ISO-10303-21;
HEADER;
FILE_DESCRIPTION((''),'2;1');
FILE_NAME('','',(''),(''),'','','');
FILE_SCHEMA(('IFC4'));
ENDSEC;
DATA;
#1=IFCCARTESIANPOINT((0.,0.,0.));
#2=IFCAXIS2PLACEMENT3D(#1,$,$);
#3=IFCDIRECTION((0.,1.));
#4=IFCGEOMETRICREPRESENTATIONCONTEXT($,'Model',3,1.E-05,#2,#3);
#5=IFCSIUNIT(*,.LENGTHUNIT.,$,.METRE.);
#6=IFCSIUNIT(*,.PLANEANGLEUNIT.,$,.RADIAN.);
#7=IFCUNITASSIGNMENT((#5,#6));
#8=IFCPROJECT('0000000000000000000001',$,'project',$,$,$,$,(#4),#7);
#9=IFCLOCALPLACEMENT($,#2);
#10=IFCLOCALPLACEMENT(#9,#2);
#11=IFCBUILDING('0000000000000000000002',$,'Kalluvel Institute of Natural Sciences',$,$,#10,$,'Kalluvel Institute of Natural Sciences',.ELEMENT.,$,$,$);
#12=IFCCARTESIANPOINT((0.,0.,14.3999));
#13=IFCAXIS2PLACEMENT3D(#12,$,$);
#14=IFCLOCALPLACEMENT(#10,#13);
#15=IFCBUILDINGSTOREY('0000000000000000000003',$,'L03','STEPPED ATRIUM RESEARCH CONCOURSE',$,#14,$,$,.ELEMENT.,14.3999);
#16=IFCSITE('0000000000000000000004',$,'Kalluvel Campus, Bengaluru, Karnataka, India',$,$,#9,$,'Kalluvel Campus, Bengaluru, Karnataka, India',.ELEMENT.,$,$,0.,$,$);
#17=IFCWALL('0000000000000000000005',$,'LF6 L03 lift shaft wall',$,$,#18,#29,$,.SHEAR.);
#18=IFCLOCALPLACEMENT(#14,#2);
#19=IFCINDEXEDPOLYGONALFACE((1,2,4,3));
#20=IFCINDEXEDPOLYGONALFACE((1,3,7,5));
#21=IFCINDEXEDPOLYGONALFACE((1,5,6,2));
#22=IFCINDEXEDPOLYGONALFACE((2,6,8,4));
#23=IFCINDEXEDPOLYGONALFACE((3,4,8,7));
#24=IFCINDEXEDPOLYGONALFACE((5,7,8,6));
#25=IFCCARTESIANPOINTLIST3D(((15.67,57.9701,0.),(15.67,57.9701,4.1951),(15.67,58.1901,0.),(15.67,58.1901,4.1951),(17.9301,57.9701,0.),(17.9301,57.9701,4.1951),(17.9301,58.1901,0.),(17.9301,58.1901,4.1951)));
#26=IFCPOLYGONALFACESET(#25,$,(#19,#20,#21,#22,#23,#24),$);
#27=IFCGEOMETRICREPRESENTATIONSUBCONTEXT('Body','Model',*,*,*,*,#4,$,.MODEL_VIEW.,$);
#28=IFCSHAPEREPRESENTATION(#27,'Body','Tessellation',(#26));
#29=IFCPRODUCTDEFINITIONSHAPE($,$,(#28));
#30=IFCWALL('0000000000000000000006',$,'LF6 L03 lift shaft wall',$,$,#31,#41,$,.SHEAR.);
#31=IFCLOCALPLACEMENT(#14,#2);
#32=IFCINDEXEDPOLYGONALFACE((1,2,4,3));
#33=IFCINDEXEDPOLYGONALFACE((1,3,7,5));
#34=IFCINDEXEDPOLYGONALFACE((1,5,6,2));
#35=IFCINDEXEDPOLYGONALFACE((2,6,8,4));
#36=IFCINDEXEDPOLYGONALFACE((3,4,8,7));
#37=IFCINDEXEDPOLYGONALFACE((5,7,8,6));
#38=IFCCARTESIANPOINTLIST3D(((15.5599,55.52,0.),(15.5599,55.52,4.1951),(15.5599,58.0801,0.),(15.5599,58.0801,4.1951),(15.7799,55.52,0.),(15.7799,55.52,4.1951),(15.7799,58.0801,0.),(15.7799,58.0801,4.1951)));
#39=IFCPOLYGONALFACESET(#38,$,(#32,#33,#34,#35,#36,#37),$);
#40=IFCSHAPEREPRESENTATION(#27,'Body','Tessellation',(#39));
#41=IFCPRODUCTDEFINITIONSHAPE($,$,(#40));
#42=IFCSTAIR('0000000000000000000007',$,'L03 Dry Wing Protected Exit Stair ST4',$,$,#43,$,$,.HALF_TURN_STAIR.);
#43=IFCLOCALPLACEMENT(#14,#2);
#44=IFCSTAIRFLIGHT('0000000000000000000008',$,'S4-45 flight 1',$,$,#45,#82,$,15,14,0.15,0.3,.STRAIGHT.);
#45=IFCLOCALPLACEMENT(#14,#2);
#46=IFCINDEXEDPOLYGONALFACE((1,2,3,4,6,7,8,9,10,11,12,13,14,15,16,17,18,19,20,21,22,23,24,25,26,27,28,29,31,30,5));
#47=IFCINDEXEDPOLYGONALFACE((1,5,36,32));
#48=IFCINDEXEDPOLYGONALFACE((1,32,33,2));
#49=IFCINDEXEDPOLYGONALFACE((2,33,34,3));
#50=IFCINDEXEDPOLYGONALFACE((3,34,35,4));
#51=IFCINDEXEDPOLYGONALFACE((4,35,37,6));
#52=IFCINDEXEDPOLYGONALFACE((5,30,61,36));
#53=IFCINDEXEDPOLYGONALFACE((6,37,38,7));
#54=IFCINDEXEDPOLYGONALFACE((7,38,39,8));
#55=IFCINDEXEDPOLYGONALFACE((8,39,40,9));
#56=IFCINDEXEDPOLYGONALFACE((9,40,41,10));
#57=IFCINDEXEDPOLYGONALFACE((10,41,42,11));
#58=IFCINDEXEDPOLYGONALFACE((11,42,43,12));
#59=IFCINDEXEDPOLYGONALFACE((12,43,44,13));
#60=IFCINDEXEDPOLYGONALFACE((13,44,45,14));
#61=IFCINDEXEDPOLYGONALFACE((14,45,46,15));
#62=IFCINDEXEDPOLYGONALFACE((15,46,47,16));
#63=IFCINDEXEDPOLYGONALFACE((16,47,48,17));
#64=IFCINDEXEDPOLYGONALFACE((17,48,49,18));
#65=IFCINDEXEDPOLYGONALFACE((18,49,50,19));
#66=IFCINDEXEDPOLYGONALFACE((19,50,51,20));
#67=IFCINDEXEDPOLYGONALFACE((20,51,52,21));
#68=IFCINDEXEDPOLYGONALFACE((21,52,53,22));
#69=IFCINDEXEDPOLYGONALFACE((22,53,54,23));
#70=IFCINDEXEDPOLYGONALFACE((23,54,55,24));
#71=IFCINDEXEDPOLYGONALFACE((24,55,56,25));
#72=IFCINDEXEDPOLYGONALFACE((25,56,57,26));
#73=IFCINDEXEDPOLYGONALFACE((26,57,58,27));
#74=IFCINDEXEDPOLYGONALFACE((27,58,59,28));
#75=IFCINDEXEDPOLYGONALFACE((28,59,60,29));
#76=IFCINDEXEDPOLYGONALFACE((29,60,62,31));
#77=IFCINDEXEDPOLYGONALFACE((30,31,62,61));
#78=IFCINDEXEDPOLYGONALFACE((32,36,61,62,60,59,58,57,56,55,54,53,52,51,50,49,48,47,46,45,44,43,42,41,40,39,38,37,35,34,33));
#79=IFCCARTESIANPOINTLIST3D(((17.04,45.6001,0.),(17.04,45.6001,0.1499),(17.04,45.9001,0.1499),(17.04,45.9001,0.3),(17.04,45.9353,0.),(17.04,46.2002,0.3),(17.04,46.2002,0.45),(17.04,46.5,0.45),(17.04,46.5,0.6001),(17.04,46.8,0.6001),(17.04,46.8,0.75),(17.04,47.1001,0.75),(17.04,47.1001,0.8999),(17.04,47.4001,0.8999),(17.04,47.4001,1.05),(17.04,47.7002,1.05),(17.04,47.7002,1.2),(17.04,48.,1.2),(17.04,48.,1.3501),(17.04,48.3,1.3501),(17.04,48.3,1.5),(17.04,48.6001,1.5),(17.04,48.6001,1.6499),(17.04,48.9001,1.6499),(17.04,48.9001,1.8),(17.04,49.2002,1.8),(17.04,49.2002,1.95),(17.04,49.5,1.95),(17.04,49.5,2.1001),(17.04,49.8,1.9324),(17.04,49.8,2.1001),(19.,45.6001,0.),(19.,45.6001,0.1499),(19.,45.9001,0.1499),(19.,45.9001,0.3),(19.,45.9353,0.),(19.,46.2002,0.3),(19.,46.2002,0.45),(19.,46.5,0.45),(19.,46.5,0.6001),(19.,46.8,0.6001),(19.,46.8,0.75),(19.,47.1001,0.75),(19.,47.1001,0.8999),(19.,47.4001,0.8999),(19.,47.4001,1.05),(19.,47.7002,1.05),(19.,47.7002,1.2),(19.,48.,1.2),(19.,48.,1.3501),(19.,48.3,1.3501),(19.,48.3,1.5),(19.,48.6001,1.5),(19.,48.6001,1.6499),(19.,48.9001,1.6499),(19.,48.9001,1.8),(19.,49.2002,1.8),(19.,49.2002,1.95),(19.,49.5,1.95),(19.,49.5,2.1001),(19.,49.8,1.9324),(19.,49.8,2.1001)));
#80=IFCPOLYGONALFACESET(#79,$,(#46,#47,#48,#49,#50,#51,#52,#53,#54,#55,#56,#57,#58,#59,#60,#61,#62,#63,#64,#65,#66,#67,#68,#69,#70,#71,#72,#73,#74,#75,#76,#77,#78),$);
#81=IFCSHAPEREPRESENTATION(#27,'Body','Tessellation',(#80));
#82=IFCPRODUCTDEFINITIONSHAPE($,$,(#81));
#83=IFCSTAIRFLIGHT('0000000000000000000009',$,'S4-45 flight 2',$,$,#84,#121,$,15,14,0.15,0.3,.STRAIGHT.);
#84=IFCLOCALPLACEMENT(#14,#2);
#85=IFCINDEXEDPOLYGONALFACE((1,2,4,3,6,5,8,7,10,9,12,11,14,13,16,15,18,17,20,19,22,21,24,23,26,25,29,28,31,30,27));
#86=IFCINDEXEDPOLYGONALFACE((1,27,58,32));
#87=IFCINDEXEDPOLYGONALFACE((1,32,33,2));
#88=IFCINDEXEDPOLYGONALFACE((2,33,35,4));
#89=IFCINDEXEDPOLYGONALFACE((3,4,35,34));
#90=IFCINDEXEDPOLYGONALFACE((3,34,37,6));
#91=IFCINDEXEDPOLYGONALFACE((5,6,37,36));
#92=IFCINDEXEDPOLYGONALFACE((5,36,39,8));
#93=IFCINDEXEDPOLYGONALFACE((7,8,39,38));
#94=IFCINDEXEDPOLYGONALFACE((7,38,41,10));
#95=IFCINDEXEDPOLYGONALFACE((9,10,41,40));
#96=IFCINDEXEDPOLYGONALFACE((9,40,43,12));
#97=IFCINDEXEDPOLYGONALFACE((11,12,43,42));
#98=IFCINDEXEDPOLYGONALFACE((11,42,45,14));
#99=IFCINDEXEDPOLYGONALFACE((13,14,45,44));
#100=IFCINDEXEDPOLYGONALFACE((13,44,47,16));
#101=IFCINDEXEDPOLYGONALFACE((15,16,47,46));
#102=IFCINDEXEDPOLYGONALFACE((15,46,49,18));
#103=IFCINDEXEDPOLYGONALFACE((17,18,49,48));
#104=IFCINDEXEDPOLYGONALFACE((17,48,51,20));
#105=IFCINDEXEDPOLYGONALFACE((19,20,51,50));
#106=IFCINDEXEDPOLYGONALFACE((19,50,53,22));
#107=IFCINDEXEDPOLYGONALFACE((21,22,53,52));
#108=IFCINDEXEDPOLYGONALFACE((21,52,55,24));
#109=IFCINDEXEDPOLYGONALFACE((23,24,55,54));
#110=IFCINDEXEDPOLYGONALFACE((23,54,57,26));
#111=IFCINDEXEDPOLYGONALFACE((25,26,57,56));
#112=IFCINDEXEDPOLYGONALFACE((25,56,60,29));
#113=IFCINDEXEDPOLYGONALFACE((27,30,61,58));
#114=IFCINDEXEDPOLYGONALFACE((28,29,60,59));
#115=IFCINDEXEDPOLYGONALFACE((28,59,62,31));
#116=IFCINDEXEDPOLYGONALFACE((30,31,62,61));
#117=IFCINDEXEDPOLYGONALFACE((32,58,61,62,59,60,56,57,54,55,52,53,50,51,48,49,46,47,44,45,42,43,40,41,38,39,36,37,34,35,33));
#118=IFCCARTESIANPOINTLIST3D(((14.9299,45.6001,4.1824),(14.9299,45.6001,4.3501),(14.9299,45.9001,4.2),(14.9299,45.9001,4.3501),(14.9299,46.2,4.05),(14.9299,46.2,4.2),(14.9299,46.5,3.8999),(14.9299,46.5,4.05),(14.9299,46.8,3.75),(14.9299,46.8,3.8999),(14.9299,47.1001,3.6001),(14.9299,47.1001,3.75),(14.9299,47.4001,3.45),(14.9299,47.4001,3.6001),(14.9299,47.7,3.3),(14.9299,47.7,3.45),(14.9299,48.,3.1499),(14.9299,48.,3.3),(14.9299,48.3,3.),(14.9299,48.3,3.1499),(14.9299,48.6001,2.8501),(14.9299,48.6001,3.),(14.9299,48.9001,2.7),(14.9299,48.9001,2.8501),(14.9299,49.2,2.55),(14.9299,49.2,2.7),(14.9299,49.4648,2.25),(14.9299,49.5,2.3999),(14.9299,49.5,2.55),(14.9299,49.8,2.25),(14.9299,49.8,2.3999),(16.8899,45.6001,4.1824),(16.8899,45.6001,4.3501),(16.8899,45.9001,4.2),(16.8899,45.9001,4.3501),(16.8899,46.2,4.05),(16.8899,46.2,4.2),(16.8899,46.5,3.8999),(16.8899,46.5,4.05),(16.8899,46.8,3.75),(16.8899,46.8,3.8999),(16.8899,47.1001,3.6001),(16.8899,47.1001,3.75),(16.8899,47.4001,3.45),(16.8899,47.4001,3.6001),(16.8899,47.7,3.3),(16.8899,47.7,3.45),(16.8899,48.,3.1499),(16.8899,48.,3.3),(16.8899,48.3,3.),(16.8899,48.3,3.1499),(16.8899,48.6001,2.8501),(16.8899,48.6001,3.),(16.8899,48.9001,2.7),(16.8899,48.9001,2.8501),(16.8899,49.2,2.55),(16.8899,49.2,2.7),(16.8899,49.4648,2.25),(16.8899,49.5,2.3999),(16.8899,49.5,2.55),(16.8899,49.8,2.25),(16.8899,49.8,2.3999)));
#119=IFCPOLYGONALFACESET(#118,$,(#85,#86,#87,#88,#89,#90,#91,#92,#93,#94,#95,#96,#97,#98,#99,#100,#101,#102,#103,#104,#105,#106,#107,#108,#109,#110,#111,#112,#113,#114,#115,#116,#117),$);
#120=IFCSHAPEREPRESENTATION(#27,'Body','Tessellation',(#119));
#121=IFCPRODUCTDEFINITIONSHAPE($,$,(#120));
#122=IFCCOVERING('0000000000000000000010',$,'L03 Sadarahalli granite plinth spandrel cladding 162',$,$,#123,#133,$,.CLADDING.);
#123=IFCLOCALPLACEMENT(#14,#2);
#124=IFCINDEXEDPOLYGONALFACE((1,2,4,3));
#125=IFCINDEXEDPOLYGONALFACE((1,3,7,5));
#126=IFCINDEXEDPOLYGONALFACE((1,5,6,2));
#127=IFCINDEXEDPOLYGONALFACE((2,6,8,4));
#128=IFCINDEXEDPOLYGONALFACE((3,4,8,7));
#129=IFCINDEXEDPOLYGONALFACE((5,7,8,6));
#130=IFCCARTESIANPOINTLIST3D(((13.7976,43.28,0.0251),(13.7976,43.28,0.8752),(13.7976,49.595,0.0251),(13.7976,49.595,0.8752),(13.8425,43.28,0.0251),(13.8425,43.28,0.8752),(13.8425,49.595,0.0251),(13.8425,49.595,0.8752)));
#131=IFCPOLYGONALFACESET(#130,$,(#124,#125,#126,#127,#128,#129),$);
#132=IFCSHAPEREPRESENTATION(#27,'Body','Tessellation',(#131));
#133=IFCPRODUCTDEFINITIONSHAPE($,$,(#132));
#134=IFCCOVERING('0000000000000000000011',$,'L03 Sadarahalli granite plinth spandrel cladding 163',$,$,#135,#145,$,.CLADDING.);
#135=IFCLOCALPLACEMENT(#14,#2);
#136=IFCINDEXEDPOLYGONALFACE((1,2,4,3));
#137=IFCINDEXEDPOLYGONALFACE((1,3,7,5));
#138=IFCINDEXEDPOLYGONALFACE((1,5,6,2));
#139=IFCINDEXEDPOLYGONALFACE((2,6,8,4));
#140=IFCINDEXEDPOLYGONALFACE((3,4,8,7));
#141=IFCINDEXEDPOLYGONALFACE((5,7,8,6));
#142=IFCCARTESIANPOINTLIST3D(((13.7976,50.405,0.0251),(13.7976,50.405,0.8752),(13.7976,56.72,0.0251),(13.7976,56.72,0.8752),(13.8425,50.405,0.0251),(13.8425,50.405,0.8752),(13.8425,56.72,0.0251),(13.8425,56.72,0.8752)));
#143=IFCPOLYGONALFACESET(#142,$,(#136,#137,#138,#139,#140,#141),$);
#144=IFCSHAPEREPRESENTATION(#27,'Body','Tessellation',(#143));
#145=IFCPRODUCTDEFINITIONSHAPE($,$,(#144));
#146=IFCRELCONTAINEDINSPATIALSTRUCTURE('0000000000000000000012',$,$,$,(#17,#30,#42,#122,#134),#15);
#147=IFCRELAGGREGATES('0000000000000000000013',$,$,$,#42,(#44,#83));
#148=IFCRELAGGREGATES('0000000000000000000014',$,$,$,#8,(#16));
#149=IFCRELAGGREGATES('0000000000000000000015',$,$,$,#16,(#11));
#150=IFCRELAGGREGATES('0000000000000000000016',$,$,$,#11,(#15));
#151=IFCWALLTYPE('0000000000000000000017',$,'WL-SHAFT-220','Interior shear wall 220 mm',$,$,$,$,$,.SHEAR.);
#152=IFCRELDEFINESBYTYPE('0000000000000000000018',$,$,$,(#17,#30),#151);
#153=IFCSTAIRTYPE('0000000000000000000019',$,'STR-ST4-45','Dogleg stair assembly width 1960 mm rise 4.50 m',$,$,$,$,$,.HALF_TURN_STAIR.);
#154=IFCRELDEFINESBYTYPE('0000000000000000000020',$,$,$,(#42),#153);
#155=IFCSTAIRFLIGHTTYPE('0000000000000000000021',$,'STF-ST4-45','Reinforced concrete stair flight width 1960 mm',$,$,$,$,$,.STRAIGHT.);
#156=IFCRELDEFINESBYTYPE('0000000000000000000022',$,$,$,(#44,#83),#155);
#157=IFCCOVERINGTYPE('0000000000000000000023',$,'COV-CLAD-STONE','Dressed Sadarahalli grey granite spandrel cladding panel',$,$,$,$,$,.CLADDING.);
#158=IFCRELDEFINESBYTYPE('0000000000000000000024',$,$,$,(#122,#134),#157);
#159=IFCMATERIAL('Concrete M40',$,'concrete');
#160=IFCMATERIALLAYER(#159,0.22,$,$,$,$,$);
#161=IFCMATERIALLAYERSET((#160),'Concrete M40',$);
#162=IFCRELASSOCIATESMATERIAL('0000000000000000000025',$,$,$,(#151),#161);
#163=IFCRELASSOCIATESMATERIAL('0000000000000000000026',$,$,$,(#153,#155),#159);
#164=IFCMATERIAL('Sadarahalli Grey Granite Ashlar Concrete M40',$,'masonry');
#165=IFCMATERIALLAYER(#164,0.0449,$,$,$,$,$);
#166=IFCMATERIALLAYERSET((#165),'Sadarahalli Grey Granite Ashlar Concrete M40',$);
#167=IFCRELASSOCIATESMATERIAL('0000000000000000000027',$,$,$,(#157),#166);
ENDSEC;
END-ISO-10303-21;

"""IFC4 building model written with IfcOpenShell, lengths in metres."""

from ifc_helpers import new_model, si_unit, direction, frame, frame_2d, origin, origin_2d, place, context, subcontext, project, spatial, polyline, rectangle, outline, extrude, material, layer, layer_set, type_object, element, aggregate, save


model = new_model("IFC4")

# Units and contexts
model_context = context("Model", 3, precision=1e-05, world=origin(), true_north=direction((0.0, 1.0)))
body_context = subcontext(model_context, "Body", "Model", "MODEL_VIEW")
ifc_project = project(units=[si_unit("LENGTHUNIT", "METRE"), si_unit("PLANEANGLEUNIT", "RADIAN")], contexts=[model_context])

# Site, building, storey
site_placement = place(None, origin())
site = spatial("IfcSite", under=ifc_project, at=site_placement, Name="Kalluvel Campus, Bengaluru, Karnataka, India", LongName="Kalluvel Campus, Bengaluru, Karnataka, India", CompositionType="ELEMENT", RefElevation=0.0)
building_placement = place(site_placement, origin())
building = spatial("IfcBuilding", under=site, at=building_placement, Name="Kalluvel Institute of Natural Sciences", LongName="Kalluvel Institute of Natural Sciences", CompositionType="ELEMENT")
storey_placement = place(building_placement, frame((0.0, 0.0, 14.3999)))
storey = spatial("IfcBuildingStorey", under=building, at=storey_placement, Name="L03", Description="STEPPED ATRIUM RESEARCH CONCOURSE", CompositionType="ELEMENT", Elevation=14.3999)

# Shared definitions
ifc_material_1 = material(Name="Concrete M40", Category="concrete")

# Shared definitions
ifc_material_2 = material(Name="Sadarahalli Grey Granite Ashlar Concrete M40", Category="masonry")
ifc_layer_1 = layer(ifc_material_1, 0.22)
ifc_layer_set_1 = layer_set([ifc_layer_1], Name="Concrete M40")
wall_type_1 = type_object("IfcWallType", Name="WL-SHAFT-220", Description="Interior shear wall 220 mm", PredefinedType="SHEAR", material=ifc_layer_set_1)

# Walls
wall_1_placement = place(storey_placement, frame((17.9299, 58.0801, 0.0), z_axis=(0.0, 0.0, 1.0), x_axis=(-1.0, 0.0, 0.0)))
element("IfcWall", 1, at=wall_1_placement, inside=storey, type_object=wall_type_1, Name="LF6 L03 lift shaft wall", PredefinedType="SHEAR", context=body_context, shape_type="SweptSolid", body=[
    extrude(rectangle(XDim=2.26, YDim=0.22, at=frame_2d((1.1299, 0.0))), origin(), (0.0, 0.0, 1.0), 4.1951),
])
wall_2_placement = place(storey_placement, frame((15.6699, 58.0801, 0.0), z_axis=(0.0, 0.0, 1.0), x_axis=(0.0, -1.0, 0.0)))
element("IfcWall", 2, at=wall_2_placement, inside=storey, type_object=wall_type_1, Name="LF6 L03 lift shaft wall", PredefinedType="SHEAR", context=body_context, shape_type="SweptSolid", body=[
    extrude(rectangle(XDim=2.5601, YDim=0.22, at=frame_2d((1.28, 0.0))), origin(), (0.0, 0.0, 1.0), 4.1951),
])

# Stair, stair flights
stair_type = type_object("IfcStairType", Name="STR-ST4-45", Description="Dogleg stair assembly width 1960 mm rise 4.50 m", PredefinedType="HALF_TURN_STAIR", material=ifc_material_1)
stair_placement = place(storey_placement, origin())
stair = element("IfcStair", 3, at=stair_placement, inside=storey, type_object=stair_type, Name="L03 Dry Wing Protected Exit Stair ST4", PredefinedType="HALF_TURN_STAIR")
stair_flight_type = type_object("IfcStairFlightType", Name="STF-ST4-45", Description="Reinforced concrete stair flight width 1960 mm", PredefinedType="STRAIGHT", material=ifc_material_1)
stair_flight_1_placement = place(storey_placement, frame((18.02, 45.6001, 0.0), z_axis=(0.0, 0.0, 1.0), x_axis=(0.0, 1.0, 0.0)))
stair_flight_1 = element("IfcStairFlight", 4, at=stair_flight_1_placement, type_object=stair_flight_type, Name="S4-45 flight 1", NumberOfRisers=15, NumberOfTreads=14, PredefinedType="STRAIGHT", RiserHeight=0.15, TreadLength=0.3, context=body_context, shape_type="SweptSolid", body=[
    extrude(outline(polyline([(0.0, 0.0), (0.0, 0.1499), (0.3, 0.1499), (0.3, 0.3), (0.6001, 0.3), (0.6001, 0.45), (0.8999, 0.45), (0.8999, 0.6001), (1.2, 0.6001), (1.2, 0.75), (1.5, 0.75), (1.5, 0.8999), (1.8, 0.8999), (1.8, 1.05), (2.1001, 1.05), (2.1001, 1.2), (2.3999, 1.2), (2.3999, 1.3501), (2.7, 1.3501), (2.7, 1.5), (3.0, 1.5), (3.0, 1.6499), (3.3, 1.6499), (3.3, 1.8), (3.6001, 1.8), (3.6001, 1.95), (3.8999, 1.95), (3.8999, 2.1001), (4.2, 2.1001), (4.2, 2.25), (4.2, 1.9324), (0.3352, 0.0), (0.0, 0.0)])), frame((0.0, 0.98, 0.0), z_axis=(0.0, -1.0, 0.0), x_axis=(1.0, 0.0, 0.0)), (0.0, 0.0, 1.0), 1.96),
])
stair_flight_2_placement = place(storey_placement, frame((15.9099, 49.8, 2.25), z_axis=(0.0, 0.0, 1.0), x_axis=(0.0, -1.0, 0.0)))
stair_flight_2 = element("IfcStairFlight", 5, at=stair_flight_2_placement, type_object=stair_flight_type, Name="S4-45 flight 2", NumberOfRisers=15, NumberOfTreads=14, PredefinedType="STRAIGHT", RiserHeight=0.15, TreadLength=0.3, context=body_context, shape_type="SweptSolid", body=[
    extrude(outline(polyline([(0.0, 0.0), (0.0, 0.1499), (0.3, 0.1499), (0.3, 0.3), (0.6001, 0.3), (0.6001, 0.45), (0.8999, 0.45), (0.8999, 0.6001), (1.2, 0.6001), (1.2, 0.75), (1.5, 0.75), (1.5, 0.8999), (1.8, 0.8999), (1.8, 1.05), (2.1001, 1.05), (2.1001, 1.2), (2.3999, 1.2), (2.3999, 1.3501), (2.7, 1.3501), (2.7, 1.5), (3.0, 1.5), (3.0, 1.6499), (3.3, 1.6499), (3.3, 1.8), (3.6001, 1.8), (3.6001, 1.95), (3.8999, 1.95), (3.8999, 2.1001), (4.2, 2.1001), (4.2, 2.25), (4.2, 1.9324), (0.3352, 0.0), (0.0, 0.0)])), frame((0.0, 0.98, 0.0), z_axis=(0.0, -1.0, 0.0), x_axis=(1.0, 0.0, 0.0)), (0.0, 0.0, 1.0), 1.96),
])
aggregate(stair, [stair_flight_1, stair_flight_2])

# Coverings
ifc_layer_2 = layer(ifc_material_2, 0.0449)
ifc_layer_set_2 = layer_set([ifc_layer_2], Name="Sadarahalli Grey Granite Ashlar Concrete M40")
covering_type = type_object("IfcCoveringType", Name="COV-CLAD-STONE", Description="Dressed Sadarahalli grey granite spandrel cladding panel", PredefinedType="CLADDING", material=ifc_layer_set_2)
for number, where, z_axis, x_axis, name in (
    (6, (13.8201, 46.4375, 0.0251), (0.0, 0.0, 1.0), (0.0, 1.0, 0.0), "L03 Sadarahalli granite plinth spandrel cladding 162"),
    (7, (13.8201, 53.5625, 0.0251), (0.0, 0.0, 1.0), (0.0, 1.0, 0.0), "L03 Sadarahalli granite plinth spandrel cladding 163"),
):
    element("IfcCovering", number, at=place(storey_placement, frame(where, z_axis=z_axis, x_axis=x_axis)), inside=storey, type_object=covering_type, Name=name, PredefinedType="CLADDING", context=body_context, shape_type="SweptSolid", body=[
        extrude(rectangle(XDim=6.3149, YDim=0.0449, at=origin_2d()), origin(), (0.0, 0.0, 1.0), 0.8501),
    ])

save(model, "model.ifc")
